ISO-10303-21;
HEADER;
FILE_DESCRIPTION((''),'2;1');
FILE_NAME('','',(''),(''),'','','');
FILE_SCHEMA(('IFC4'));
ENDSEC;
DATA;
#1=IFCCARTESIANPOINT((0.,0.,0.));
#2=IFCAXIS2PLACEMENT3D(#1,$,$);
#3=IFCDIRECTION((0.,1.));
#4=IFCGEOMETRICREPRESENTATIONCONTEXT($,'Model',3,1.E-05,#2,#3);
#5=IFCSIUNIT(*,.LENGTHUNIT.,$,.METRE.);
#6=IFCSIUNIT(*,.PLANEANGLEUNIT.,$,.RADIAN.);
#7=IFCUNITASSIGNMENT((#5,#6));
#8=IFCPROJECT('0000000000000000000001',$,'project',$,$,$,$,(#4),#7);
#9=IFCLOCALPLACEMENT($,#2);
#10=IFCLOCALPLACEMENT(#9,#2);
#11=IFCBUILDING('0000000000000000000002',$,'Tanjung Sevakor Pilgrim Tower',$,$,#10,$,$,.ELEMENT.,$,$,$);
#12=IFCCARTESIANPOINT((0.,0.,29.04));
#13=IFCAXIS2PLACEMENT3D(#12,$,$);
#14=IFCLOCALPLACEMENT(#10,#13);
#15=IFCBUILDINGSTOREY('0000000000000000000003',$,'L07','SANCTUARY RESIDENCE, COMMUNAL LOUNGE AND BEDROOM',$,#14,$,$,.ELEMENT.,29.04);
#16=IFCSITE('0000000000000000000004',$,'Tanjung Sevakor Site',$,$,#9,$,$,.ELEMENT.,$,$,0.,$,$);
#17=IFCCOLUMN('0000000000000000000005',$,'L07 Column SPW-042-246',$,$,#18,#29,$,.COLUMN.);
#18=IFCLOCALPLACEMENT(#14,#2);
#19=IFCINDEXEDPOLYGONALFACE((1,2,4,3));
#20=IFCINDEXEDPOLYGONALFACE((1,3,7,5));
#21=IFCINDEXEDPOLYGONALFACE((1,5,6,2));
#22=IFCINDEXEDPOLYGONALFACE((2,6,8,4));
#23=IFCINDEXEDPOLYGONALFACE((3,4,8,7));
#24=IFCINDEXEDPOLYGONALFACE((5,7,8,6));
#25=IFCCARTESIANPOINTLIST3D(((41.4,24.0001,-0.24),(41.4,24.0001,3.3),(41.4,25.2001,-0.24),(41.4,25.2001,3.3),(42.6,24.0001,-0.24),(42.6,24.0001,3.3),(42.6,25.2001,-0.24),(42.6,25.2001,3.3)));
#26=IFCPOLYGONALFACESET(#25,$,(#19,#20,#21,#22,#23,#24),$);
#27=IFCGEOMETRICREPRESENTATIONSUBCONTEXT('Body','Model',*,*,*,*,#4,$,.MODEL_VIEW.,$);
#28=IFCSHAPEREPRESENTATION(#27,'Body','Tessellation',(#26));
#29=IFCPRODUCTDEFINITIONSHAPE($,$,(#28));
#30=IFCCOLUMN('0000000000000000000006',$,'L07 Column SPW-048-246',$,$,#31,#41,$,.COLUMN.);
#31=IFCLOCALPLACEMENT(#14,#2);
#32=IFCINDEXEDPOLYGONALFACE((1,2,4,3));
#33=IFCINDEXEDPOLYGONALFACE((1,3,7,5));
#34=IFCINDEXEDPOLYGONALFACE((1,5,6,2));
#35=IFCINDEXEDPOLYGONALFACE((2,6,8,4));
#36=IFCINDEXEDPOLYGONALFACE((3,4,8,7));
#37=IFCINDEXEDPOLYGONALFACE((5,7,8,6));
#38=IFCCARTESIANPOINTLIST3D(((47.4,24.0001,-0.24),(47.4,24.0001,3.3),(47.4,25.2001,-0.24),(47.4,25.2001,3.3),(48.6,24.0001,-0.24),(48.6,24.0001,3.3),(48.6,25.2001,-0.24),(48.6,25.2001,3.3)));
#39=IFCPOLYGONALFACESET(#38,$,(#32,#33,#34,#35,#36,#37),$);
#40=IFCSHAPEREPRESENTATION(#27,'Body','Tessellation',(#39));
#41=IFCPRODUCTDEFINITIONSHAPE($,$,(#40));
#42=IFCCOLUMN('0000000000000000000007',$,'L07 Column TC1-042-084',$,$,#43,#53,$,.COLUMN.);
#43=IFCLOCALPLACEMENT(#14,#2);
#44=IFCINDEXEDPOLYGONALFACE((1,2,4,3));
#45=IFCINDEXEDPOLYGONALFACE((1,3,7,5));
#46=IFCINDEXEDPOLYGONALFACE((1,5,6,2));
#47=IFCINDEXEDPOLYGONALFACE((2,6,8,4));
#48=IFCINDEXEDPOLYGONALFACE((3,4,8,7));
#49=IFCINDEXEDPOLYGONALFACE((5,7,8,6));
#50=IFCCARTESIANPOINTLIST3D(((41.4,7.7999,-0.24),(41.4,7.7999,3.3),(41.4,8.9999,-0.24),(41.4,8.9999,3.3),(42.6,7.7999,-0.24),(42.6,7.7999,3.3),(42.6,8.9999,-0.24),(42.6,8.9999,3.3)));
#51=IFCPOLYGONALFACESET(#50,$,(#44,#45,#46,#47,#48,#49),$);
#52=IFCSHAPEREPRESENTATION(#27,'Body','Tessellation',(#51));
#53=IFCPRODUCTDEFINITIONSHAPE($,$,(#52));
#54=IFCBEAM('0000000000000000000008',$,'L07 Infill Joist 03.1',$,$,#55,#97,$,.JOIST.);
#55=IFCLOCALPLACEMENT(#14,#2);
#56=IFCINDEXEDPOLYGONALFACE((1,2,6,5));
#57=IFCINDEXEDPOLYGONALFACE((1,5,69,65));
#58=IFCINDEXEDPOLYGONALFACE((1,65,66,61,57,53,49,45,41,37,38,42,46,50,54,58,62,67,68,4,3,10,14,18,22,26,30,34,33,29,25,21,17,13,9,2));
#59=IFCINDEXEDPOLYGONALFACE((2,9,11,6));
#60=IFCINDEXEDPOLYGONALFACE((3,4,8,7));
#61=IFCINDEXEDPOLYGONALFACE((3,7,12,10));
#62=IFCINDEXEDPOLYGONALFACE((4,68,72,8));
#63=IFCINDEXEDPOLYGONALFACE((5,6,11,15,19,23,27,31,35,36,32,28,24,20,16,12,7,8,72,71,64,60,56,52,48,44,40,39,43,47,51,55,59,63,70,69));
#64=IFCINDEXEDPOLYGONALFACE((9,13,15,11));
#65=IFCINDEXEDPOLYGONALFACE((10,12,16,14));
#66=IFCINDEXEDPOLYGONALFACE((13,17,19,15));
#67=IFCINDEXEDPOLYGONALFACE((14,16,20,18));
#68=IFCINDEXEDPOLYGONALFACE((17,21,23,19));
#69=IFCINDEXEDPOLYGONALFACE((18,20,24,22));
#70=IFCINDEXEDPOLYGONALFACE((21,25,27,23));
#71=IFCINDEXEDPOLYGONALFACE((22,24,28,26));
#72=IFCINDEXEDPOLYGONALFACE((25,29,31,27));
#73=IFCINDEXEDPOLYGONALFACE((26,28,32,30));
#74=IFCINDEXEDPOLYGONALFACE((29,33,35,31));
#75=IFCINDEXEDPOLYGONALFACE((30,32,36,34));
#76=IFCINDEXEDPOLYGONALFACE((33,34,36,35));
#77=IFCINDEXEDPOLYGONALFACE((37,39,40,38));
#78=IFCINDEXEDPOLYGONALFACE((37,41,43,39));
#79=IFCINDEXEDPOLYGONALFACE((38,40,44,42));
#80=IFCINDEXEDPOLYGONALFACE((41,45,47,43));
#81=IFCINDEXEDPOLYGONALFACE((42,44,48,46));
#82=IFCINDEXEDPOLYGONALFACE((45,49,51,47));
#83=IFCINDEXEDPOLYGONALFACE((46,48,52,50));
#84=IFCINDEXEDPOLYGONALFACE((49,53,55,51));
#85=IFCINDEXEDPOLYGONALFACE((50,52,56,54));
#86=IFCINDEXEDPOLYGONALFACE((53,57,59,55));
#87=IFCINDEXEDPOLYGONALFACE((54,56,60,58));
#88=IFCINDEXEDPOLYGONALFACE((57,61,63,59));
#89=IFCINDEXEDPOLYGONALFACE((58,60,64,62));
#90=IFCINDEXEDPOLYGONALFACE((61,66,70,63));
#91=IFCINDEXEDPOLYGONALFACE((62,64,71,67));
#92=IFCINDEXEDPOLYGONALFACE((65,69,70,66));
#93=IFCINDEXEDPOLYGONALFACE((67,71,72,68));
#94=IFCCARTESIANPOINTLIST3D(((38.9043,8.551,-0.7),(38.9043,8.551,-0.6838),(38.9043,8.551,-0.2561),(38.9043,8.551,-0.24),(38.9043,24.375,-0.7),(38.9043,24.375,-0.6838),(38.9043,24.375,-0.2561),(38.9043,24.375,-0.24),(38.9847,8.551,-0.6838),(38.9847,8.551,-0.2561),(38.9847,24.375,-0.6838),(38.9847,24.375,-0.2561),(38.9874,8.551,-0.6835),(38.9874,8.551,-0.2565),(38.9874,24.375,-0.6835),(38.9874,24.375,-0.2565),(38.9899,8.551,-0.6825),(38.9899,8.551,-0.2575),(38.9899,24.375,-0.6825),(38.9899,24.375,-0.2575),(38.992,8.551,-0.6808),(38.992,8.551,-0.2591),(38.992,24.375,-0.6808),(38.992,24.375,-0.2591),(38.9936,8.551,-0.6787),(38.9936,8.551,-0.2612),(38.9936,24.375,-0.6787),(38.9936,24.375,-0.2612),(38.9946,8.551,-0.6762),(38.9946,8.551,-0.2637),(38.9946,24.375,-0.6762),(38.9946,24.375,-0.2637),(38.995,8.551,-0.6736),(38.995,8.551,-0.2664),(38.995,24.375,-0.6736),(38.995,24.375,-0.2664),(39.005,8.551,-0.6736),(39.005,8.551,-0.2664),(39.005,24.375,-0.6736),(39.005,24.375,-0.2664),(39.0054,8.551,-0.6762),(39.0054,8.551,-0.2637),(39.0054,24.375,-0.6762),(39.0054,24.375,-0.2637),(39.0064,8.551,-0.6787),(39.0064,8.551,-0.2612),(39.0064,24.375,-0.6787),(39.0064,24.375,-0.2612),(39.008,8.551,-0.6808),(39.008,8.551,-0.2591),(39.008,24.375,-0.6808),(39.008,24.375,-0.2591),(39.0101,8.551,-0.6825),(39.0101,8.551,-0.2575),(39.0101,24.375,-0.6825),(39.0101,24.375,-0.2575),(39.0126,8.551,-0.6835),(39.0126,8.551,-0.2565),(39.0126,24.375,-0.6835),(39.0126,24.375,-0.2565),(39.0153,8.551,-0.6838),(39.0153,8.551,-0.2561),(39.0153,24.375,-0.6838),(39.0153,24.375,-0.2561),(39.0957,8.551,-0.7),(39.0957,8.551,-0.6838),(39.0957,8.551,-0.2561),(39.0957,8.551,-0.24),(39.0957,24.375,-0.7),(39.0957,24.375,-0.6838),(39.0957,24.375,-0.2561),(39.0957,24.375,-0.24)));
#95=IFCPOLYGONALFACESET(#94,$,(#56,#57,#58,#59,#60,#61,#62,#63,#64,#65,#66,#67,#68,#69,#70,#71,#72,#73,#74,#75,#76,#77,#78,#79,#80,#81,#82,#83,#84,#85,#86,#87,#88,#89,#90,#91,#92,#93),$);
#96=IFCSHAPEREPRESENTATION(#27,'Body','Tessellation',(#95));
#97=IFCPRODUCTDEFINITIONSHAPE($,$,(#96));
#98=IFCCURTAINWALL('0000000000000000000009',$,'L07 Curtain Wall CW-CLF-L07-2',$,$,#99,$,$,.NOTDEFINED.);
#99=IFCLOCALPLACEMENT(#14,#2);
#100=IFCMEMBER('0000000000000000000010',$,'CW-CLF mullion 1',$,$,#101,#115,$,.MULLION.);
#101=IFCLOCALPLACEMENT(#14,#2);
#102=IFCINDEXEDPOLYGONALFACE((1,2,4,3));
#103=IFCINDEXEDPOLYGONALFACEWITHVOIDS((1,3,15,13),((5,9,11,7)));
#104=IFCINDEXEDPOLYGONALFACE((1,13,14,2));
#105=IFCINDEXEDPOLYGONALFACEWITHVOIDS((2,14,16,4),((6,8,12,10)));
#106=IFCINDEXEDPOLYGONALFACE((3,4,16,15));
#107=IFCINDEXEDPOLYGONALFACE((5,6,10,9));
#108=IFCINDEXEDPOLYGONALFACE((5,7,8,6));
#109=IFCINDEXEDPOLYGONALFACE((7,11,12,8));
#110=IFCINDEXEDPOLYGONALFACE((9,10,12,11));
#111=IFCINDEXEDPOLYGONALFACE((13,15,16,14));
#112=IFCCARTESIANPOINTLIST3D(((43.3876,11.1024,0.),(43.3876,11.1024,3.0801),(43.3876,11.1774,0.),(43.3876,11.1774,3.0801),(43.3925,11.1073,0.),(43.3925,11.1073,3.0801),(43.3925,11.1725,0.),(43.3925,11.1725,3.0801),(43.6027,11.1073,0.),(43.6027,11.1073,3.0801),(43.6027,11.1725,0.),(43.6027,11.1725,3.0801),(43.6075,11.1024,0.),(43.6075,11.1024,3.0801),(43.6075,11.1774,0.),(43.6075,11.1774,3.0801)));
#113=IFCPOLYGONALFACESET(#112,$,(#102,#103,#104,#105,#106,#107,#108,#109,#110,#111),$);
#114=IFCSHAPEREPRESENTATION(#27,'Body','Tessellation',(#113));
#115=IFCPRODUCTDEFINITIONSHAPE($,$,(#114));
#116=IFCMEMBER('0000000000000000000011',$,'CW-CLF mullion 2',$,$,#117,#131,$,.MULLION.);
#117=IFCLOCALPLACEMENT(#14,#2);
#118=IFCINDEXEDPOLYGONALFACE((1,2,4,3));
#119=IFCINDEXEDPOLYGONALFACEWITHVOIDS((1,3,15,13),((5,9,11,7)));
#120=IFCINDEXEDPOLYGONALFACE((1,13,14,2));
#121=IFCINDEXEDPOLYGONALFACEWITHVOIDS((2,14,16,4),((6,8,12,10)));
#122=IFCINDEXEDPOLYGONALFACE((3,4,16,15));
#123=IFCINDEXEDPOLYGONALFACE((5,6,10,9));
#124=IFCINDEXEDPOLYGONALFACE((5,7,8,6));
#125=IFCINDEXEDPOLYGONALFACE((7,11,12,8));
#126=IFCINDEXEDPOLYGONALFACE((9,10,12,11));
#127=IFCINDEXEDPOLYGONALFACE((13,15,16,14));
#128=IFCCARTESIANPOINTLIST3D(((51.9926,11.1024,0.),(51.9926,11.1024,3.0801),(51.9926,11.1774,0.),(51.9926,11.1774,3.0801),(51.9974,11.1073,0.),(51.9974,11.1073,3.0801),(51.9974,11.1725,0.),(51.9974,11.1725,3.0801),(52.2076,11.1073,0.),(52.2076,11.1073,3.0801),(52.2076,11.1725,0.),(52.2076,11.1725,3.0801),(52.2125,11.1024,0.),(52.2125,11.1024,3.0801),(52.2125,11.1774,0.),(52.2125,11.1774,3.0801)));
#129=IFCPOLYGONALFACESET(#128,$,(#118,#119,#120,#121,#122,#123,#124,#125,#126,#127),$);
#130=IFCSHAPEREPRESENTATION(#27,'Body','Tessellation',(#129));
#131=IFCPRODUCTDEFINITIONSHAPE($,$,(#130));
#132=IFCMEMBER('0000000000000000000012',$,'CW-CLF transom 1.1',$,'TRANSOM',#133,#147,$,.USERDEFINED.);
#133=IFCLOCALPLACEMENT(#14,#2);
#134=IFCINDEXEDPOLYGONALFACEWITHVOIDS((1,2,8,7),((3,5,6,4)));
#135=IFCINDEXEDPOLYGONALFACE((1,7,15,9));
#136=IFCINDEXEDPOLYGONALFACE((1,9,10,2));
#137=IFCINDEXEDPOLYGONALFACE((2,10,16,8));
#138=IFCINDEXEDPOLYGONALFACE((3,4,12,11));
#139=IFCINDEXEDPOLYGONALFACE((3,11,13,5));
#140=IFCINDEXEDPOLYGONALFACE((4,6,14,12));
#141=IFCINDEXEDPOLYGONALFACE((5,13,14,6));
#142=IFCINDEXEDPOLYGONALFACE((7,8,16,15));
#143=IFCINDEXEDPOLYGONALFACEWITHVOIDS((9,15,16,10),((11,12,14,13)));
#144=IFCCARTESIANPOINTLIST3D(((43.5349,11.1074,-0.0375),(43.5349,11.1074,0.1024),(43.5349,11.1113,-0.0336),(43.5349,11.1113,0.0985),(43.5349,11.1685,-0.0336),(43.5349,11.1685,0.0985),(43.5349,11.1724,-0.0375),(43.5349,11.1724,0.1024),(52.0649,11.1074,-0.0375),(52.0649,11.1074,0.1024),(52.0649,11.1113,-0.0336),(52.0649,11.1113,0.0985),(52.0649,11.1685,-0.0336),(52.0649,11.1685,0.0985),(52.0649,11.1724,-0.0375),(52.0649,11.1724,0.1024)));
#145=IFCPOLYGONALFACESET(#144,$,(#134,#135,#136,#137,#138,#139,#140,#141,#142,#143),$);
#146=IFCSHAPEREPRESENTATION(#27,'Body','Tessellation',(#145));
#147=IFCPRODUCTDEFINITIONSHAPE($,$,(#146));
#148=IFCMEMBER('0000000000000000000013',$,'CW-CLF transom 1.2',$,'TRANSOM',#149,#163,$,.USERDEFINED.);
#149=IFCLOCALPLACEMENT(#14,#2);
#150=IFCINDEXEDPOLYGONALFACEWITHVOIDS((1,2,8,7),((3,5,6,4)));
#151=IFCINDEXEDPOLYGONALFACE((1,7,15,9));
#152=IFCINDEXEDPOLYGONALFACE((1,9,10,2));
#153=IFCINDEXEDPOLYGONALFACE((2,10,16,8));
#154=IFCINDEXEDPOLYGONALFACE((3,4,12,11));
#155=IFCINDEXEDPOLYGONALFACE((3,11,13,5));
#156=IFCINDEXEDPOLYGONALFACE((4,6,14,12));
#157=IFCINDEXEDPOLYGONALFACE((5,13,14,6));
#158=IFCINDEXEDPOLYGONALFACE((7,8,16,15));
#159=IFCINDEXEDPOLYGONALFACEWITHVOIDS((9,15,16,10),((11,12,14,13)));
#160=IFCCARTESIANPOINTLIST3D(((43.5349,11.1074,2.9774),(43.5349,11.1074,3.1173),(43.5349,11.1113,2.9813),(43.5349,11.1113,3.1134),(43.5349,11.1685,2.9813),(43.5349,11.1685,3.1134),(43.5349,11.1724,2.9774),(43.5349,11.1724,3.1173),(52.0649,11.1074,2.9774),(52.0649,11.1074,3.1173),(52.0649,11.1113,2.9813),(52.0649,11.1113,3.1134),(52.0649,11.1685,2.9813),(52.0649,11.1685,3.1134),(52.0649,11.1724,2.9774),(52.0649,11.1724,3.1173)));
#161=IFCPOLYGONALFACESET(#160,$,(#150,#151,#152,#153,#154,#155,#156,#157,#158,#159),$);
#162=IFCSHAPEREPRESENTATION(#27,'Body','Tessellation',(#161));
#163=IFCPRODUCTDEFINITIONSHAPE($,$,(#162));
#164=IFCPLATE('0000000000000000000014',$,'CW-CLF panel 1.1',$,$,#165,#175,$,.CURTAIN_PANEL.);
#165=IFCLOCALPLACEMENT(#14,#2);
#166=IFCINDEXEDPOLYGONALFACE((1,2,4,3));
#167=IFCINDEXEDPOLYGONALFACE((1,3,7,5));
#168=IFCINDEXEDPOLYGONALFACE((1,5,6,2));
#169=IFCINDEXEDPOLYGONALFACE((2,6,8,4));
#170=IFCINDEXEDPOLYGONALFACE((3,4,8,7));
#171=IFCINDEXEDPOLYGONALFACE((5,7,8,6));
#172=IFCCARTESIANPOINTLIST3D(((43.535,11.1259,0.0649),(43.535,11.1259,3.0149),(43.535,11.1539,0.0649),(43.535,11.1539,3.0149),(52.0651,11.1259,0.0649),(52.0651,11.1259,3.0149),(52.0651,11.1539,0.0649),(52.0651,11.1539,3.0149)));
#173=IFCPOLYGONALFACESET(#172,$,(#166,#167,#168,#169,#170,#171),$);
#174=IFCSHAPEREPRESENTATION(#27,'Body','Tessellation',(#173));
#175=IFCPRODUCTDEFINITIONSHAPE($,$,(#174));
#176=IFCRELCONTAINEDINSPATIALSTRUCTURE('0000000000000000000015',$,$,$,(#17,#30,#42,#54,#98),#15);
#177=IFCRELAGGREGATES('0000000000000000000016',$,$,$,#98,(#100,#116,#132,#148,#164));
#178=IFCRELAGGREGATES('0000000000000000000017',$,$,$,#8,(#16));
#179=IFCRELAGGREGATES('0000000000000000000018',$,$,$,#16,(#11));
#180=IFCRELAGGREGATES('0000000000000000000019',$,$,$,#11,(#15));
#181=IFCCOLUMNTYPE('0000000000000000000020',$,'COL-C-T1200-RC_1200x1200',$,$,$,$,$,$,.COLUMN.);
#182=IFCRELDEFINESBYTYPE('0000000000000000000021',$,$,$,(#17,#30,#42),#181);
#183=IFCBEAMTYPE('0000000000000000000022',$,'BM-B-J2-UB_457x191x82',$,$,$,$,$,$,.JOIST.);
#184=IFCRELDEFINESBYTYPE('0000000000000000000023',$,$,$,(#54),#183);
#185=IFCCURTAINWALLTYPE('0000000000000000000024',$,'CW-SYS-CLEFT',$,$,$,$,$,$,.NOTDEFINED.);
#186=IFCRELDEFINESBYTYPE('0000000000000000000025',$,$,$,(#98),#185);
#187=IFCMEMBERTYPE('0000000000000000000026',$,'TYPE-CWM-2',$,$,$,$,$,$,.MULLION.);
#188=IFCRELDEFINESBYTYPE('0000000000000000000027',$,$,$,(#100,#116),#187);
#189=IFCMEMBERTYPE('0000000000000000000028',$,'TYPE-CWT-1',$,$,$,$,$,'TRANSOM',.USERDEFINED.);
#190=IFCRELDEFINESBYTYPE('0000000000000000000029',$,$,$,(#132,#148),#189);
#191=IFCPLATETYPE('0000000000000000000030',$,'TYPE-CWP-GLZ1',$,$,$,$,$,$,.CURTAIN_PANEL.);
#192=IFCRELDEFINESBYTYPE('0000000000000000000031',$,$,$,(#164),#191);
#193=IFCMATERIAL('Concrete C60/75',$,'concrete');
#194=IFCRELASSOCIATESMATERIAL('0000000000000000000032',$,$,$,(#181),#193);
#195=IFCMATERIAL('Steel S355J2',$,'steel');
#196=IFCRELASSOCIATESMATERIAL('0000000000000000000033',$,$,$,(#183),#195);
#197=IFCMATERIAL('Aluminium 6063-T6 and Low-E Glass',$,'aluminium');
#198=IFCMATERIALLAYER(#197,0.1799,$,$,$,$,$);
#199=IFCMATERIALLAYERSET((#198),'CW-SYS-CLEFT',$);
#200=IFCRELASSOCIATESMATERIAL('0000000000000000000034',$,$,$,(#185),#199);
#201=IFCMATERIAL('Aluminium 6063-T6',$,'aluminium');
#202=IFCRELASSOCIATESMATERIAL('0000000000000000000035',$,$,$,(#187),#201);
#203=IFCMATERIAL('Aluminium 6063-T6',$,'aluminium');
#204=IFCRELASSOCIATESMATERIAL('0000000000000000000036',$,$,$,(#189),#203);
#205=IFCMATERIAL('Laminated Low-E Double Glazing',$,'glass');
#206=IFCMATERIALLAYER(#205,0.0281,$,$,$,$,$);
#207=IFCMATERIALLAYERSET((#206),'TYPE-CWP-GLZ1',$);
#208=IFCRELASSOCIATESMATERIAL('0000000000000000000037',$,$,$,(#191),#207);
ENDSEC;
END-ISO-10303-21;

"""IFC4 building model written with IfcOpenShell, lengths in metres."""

from ifc_helpers import new_model, si_unit, direction, frame, origin, origin_2d, place, context, subcontext, project, spatial, rectangle, hollow_rectangle, i_section, extrude, material, layer, layer_set, material_profile, profile_set, type_object, element, aggregate, save


model = new_model("IFC4")

# Units and contexts
model_context = context("Model", 3, precision=1e-05, world=origin(), true_north=direction((0.0, 1.0)))
body_context = subcontext(model_context, "Body", "Model", "MODEL_VIEW")
ifc_project = project(units=[si_unit("LENGTHUNIT", "METRE"), si_unit("PLANEANGLEUNIT", "RADIAN")], contexts=[model_context])

# Site, building, storey
site_placement = place(None, origin())
site = spatial("IfcSite", under=ifc_project, at=site_placement, Name="Tanjung Sevakor Site", CompositionType="ELEMENT", RefElevation=0.0)
building_placement = place(site_placement, origin())
building = spatial("IfcBuilding", under=site, at=building_placement, Name="Tanjung Sevakor Pilgrim Tower", CompositionType="ELEMENT")
storey_placement = place(building_placement, frame((0.0, 0.0, 29.04)))
storey = spatial("IfcBuildingStorey", under=building, at=storey_placement, Name="L07", Description="SANCTUARY RESIDENCE, COMMUNAL LOUNGE AND BEDROOM", CompositionType="ELEMENT", Elevation=29.04)

# Columns
ifc_material_1 = material(Name="Concrete C60/75", Category="concrete")
ifc_material_profile_1 = material_profile(ifc_material_1, rectangle(XDim=1.2, YDim=1.2, at=origin_2d()))
ifc_profile_set_1 = profile_set([ifc_material_profile_1], Name="Concrete C60/75")
column_type = type_object("IfcColumnType", Name="COL-C-T1200-RC_1200x1200", PredefinedType="COLUMN", material=ifc_profile_set_1)
for number, where, z_axis, x_axis, name in (
    (1, (42.0, 24.6001, -0.24), (0.0, 0.0, 1.0), (1.0, 0.0, 0.0), "L07 Column SPW-042-246"),
    (2, (48.0, 24.6001, -0.24), (0.0, 0.0, 1.0), (1.0, 0.0, 0.0), "L07 Column SPW-048-246"),
    (3, (42.0, 8.3999, -0.24), (0.0, 0.0, 1.0), (1.0, 0.0, 0.0), "L07 Column TC1-042-084"),
):
    element("IfcColumn", number, at=place(storey_placement, frame(where, z_axis=z_axis, x_axis=x_axis)), inside=storey, type_object=column_type, Name=name, PredefinedType="COLUMN", context=body_context, shape_type="SweptSolid", body=[
        extrude(rectangle(XDim=1.2, YDim=1.2, at=origin_2d()), origin(), (0.0, 0.0, 1.0), 3.54),
    ])

# Beam
ifc_material_2 = material(Name="Steel S355J2", Category="steel")
ifc_material_profile_2 = material_profile(ifc_material_2, i_section(OverallWidth=0.1914, OverallDepth=0.46, WebThickness=0.01, FlangeThickness=0.0161, FilletRadius=0.0103, at=origin_2d()))
ifc_profile_set_2 = profile_set([ifc_material_profile_2], Name="Steel S355J2")
beam_type = type_object("IfcBeamType", Name="BM-B-J2-UB_457x191x82", PredefinedType="JOIST", material=ifc_profile_set_2)
beam_placement = place(storey_placement, frame((39.0, 8.551, -0.47), z_axis=(0.0, 1.0, 0.0), x_axis=(-1.0, 0.0, 0.0)))
element("IfcBeam", 4, at=beam_placement, inside=storey, type_object=beam_type, Name="L07 Infill Joist 03.1", PredefinedType="JOIST", context=body_context, shape_type="SweptSolid", body=[
    extrude(i_section(OverallWidth=0.1914, OverallDepth=0.46, WebThickness=0.01, FlangeThickness=0.0161, FilletRadius=0.0103, at=origin_2d()), origin(), (0.0, 0.0, 1.0), 15.824),
])

# Curtain wall, members, plate
ifc_material_3 = material(Name="Aluminium 6063-T6 and Low-E Glass", Category="aluminium")
ifc_layer_1 = layer(ifc_material_3, 0.1799)
ifc_layer_set_1 = layer_set([ifc_layer_1], Name="CW-SYS-CLEFT")
curtain_wall_type = type_object("IfcCurtainWallType", Name="CW-SYS-CLEFT", PredefinedType="NOTDEFINED", material=ifc_layer_set_1)
curtain_wall_placement = place(storey_placement, origin())
curtain_wall = element("IfcCurtainWall", 5, at=curtain_wall_placement, inside=storey, type_object=curtain_wall_type, Name="L07 Curtain Wall CW-CLF-L07-2", PredefinedType="NOTDEFINED")
ifc_material_4 = material(Name="Aluminium 6063-T6", Category="aluminium")
ifc_material_profile_3 = material_profile(ifc_material_4, hollow_rectangle(XDim=0.075, YDim=0.22, WallThickness=0.0049, at=origin_2d()))
ifc_profile_set_3 = profile_set([ifc_material_profile_3], Name="Aluminium 6063-T6")
member_type_1 = type_object("IfcMemberType", Name="TYPE-CWM-2", PredefinedType="MULLION", material=ifc_profile_set_3)
member_1_placement = place(storey_placement, frame((43.4976, 11.1399, 0.0), z_axis=(0.0, 0.0, 1.0), x_axis=(0.0, 1.0, 0.0)))
member_1 = element("IfcMember", 6, at=member_1_placement, type_object=member_type_1, Name="CW-CLF mullion 1", PredefinedType="MULLION", context=body_context, shape_type="SweptSolid", body=[
    extrude(hollow_rectangle(XDim=0.075, YDim=0.22, WallThickness=0.0049, at=origin_2d()), origin(), (0.0, 0.0, 1.0), 3.0801),
])
member_2_placement = place(storey_placement, frame((52.1025, 11.1399, 0.0), z_axis=(0.0, 0.0, 1.0), x_axis=(0.0, 1.0, 0.0)))
member_2 = element("IfcMember", 7, at=member_2_placement, type_object=member_type_1, Name="CW-CLF mullion 2", PredefinedType="MULLION", context=body_context, shape_type="SweptSolid", body=[
    extrude(hollow_rectangle(XDim=0.075, YDim=0.22, WallThickness=0.0049, at=origin_2d()), origin(), (0.0, 0.0, 1.0), 3.0801),
])
ifc_material_5 = material(Name="Aluminium 6063-T6", Category="aluminium")
ifc_material_profile_4 = material_profile(ifc_material_5, hollow_rectangle(XDim=0.0649, YDim=0.1399, WallThickness=0.0039, at=origin_2d()))
ifc_profile_set_4 = profile_set([ifc_material_profile_4], Name="Aluminium 6063-T6")
member_type_2 = type_object("IfcMemberType", Name="TYPE-CWT-1", ElementType="TRANSOM", PredefinedType="USERDEFINED", material=ifc_profile_set_4)
member_3_placement = place(storey_placement, frame((43.5349, 11.1399, 0.0325), z_axis=(1.0, 0.0, 0.0), x_axis=(0.0, 1.0, 0.0)))
member_3 = element("IfcMember", 8, at=member_3_placement, type_object=member_type_2, Name="CW-CLF transom 1.1", ObjectType="TRANSOM", PredefinedType="USERDEFINED", context=body_context, shape_type="SweptSolid", body=[
    extrude(hollow_rectangle(XDim=0.0649, YDim=0.1399, WallThickness=0.0039, at=origin_2d()), origin(), (0.0, 0.0, 1.0), 8.53),
])
member_4_placement = place(storey_placement, frame((43.5349, 11.1399, 3.0474), z_axis=(1.0, 0.0, 0.0), x_axis=(0.0, 1.0, 0.0)))
member_4 = element("IfcMember", 9, at=member_4_placement, type_object=member_type_2, Name="CW-CLF transom 1.2", ObjectType="TRANSOM", PredefinedType="USERDEFINED", context=body_context, shape_type="SweptSolid", body=[
    extrude(hollow_rectangle(XDim=0.0649, YDim=0.1399, WallThickness=0.0039, at=origin_2d()), origin(), (0.0, 0.0, 1.0), 8.53),
])
ifc_material_6 = material(Name="Laminated Low-E Double Glazing", Category="glass")
ifc_layer_2 = layer(ifc_material_6, 0.0281)
ifc_layer_set_2 = layer_set([ifc_layer_2], Name="TYPE-CWP-GLZ1")
plate_type = type_object("IfcPlateType", Name="TYPE-CWP-GLZ1", PredefinedType="CURTAIN_PANEL", material=ifc_layer_set_2)
plate_placement = place(storey_placement, frame((47.8, 11.1399, 0.0649), z_axis=(0.0, 0.0, 1.0), x_axis=(1.0, 0.0, 0.0)))
plate = element("IfcPlate", 10, at=plate_placement, type_object=plate_type, Name="CW-CLF panel 1.1", PredefinedType="CURTAIN_PANEL", context=body_context, shape_type="SweptSolid", body=[
    extrude(rectangle(XDim=8.53, YDim=0.0281, at=origin_2d()), origin(), (0.0, 0.0, 1.0), 2.95),
])
aggregate(curtain_wall, [member_1, member_2, member_3, member_4, plate])

save(model, "model.ifc")
